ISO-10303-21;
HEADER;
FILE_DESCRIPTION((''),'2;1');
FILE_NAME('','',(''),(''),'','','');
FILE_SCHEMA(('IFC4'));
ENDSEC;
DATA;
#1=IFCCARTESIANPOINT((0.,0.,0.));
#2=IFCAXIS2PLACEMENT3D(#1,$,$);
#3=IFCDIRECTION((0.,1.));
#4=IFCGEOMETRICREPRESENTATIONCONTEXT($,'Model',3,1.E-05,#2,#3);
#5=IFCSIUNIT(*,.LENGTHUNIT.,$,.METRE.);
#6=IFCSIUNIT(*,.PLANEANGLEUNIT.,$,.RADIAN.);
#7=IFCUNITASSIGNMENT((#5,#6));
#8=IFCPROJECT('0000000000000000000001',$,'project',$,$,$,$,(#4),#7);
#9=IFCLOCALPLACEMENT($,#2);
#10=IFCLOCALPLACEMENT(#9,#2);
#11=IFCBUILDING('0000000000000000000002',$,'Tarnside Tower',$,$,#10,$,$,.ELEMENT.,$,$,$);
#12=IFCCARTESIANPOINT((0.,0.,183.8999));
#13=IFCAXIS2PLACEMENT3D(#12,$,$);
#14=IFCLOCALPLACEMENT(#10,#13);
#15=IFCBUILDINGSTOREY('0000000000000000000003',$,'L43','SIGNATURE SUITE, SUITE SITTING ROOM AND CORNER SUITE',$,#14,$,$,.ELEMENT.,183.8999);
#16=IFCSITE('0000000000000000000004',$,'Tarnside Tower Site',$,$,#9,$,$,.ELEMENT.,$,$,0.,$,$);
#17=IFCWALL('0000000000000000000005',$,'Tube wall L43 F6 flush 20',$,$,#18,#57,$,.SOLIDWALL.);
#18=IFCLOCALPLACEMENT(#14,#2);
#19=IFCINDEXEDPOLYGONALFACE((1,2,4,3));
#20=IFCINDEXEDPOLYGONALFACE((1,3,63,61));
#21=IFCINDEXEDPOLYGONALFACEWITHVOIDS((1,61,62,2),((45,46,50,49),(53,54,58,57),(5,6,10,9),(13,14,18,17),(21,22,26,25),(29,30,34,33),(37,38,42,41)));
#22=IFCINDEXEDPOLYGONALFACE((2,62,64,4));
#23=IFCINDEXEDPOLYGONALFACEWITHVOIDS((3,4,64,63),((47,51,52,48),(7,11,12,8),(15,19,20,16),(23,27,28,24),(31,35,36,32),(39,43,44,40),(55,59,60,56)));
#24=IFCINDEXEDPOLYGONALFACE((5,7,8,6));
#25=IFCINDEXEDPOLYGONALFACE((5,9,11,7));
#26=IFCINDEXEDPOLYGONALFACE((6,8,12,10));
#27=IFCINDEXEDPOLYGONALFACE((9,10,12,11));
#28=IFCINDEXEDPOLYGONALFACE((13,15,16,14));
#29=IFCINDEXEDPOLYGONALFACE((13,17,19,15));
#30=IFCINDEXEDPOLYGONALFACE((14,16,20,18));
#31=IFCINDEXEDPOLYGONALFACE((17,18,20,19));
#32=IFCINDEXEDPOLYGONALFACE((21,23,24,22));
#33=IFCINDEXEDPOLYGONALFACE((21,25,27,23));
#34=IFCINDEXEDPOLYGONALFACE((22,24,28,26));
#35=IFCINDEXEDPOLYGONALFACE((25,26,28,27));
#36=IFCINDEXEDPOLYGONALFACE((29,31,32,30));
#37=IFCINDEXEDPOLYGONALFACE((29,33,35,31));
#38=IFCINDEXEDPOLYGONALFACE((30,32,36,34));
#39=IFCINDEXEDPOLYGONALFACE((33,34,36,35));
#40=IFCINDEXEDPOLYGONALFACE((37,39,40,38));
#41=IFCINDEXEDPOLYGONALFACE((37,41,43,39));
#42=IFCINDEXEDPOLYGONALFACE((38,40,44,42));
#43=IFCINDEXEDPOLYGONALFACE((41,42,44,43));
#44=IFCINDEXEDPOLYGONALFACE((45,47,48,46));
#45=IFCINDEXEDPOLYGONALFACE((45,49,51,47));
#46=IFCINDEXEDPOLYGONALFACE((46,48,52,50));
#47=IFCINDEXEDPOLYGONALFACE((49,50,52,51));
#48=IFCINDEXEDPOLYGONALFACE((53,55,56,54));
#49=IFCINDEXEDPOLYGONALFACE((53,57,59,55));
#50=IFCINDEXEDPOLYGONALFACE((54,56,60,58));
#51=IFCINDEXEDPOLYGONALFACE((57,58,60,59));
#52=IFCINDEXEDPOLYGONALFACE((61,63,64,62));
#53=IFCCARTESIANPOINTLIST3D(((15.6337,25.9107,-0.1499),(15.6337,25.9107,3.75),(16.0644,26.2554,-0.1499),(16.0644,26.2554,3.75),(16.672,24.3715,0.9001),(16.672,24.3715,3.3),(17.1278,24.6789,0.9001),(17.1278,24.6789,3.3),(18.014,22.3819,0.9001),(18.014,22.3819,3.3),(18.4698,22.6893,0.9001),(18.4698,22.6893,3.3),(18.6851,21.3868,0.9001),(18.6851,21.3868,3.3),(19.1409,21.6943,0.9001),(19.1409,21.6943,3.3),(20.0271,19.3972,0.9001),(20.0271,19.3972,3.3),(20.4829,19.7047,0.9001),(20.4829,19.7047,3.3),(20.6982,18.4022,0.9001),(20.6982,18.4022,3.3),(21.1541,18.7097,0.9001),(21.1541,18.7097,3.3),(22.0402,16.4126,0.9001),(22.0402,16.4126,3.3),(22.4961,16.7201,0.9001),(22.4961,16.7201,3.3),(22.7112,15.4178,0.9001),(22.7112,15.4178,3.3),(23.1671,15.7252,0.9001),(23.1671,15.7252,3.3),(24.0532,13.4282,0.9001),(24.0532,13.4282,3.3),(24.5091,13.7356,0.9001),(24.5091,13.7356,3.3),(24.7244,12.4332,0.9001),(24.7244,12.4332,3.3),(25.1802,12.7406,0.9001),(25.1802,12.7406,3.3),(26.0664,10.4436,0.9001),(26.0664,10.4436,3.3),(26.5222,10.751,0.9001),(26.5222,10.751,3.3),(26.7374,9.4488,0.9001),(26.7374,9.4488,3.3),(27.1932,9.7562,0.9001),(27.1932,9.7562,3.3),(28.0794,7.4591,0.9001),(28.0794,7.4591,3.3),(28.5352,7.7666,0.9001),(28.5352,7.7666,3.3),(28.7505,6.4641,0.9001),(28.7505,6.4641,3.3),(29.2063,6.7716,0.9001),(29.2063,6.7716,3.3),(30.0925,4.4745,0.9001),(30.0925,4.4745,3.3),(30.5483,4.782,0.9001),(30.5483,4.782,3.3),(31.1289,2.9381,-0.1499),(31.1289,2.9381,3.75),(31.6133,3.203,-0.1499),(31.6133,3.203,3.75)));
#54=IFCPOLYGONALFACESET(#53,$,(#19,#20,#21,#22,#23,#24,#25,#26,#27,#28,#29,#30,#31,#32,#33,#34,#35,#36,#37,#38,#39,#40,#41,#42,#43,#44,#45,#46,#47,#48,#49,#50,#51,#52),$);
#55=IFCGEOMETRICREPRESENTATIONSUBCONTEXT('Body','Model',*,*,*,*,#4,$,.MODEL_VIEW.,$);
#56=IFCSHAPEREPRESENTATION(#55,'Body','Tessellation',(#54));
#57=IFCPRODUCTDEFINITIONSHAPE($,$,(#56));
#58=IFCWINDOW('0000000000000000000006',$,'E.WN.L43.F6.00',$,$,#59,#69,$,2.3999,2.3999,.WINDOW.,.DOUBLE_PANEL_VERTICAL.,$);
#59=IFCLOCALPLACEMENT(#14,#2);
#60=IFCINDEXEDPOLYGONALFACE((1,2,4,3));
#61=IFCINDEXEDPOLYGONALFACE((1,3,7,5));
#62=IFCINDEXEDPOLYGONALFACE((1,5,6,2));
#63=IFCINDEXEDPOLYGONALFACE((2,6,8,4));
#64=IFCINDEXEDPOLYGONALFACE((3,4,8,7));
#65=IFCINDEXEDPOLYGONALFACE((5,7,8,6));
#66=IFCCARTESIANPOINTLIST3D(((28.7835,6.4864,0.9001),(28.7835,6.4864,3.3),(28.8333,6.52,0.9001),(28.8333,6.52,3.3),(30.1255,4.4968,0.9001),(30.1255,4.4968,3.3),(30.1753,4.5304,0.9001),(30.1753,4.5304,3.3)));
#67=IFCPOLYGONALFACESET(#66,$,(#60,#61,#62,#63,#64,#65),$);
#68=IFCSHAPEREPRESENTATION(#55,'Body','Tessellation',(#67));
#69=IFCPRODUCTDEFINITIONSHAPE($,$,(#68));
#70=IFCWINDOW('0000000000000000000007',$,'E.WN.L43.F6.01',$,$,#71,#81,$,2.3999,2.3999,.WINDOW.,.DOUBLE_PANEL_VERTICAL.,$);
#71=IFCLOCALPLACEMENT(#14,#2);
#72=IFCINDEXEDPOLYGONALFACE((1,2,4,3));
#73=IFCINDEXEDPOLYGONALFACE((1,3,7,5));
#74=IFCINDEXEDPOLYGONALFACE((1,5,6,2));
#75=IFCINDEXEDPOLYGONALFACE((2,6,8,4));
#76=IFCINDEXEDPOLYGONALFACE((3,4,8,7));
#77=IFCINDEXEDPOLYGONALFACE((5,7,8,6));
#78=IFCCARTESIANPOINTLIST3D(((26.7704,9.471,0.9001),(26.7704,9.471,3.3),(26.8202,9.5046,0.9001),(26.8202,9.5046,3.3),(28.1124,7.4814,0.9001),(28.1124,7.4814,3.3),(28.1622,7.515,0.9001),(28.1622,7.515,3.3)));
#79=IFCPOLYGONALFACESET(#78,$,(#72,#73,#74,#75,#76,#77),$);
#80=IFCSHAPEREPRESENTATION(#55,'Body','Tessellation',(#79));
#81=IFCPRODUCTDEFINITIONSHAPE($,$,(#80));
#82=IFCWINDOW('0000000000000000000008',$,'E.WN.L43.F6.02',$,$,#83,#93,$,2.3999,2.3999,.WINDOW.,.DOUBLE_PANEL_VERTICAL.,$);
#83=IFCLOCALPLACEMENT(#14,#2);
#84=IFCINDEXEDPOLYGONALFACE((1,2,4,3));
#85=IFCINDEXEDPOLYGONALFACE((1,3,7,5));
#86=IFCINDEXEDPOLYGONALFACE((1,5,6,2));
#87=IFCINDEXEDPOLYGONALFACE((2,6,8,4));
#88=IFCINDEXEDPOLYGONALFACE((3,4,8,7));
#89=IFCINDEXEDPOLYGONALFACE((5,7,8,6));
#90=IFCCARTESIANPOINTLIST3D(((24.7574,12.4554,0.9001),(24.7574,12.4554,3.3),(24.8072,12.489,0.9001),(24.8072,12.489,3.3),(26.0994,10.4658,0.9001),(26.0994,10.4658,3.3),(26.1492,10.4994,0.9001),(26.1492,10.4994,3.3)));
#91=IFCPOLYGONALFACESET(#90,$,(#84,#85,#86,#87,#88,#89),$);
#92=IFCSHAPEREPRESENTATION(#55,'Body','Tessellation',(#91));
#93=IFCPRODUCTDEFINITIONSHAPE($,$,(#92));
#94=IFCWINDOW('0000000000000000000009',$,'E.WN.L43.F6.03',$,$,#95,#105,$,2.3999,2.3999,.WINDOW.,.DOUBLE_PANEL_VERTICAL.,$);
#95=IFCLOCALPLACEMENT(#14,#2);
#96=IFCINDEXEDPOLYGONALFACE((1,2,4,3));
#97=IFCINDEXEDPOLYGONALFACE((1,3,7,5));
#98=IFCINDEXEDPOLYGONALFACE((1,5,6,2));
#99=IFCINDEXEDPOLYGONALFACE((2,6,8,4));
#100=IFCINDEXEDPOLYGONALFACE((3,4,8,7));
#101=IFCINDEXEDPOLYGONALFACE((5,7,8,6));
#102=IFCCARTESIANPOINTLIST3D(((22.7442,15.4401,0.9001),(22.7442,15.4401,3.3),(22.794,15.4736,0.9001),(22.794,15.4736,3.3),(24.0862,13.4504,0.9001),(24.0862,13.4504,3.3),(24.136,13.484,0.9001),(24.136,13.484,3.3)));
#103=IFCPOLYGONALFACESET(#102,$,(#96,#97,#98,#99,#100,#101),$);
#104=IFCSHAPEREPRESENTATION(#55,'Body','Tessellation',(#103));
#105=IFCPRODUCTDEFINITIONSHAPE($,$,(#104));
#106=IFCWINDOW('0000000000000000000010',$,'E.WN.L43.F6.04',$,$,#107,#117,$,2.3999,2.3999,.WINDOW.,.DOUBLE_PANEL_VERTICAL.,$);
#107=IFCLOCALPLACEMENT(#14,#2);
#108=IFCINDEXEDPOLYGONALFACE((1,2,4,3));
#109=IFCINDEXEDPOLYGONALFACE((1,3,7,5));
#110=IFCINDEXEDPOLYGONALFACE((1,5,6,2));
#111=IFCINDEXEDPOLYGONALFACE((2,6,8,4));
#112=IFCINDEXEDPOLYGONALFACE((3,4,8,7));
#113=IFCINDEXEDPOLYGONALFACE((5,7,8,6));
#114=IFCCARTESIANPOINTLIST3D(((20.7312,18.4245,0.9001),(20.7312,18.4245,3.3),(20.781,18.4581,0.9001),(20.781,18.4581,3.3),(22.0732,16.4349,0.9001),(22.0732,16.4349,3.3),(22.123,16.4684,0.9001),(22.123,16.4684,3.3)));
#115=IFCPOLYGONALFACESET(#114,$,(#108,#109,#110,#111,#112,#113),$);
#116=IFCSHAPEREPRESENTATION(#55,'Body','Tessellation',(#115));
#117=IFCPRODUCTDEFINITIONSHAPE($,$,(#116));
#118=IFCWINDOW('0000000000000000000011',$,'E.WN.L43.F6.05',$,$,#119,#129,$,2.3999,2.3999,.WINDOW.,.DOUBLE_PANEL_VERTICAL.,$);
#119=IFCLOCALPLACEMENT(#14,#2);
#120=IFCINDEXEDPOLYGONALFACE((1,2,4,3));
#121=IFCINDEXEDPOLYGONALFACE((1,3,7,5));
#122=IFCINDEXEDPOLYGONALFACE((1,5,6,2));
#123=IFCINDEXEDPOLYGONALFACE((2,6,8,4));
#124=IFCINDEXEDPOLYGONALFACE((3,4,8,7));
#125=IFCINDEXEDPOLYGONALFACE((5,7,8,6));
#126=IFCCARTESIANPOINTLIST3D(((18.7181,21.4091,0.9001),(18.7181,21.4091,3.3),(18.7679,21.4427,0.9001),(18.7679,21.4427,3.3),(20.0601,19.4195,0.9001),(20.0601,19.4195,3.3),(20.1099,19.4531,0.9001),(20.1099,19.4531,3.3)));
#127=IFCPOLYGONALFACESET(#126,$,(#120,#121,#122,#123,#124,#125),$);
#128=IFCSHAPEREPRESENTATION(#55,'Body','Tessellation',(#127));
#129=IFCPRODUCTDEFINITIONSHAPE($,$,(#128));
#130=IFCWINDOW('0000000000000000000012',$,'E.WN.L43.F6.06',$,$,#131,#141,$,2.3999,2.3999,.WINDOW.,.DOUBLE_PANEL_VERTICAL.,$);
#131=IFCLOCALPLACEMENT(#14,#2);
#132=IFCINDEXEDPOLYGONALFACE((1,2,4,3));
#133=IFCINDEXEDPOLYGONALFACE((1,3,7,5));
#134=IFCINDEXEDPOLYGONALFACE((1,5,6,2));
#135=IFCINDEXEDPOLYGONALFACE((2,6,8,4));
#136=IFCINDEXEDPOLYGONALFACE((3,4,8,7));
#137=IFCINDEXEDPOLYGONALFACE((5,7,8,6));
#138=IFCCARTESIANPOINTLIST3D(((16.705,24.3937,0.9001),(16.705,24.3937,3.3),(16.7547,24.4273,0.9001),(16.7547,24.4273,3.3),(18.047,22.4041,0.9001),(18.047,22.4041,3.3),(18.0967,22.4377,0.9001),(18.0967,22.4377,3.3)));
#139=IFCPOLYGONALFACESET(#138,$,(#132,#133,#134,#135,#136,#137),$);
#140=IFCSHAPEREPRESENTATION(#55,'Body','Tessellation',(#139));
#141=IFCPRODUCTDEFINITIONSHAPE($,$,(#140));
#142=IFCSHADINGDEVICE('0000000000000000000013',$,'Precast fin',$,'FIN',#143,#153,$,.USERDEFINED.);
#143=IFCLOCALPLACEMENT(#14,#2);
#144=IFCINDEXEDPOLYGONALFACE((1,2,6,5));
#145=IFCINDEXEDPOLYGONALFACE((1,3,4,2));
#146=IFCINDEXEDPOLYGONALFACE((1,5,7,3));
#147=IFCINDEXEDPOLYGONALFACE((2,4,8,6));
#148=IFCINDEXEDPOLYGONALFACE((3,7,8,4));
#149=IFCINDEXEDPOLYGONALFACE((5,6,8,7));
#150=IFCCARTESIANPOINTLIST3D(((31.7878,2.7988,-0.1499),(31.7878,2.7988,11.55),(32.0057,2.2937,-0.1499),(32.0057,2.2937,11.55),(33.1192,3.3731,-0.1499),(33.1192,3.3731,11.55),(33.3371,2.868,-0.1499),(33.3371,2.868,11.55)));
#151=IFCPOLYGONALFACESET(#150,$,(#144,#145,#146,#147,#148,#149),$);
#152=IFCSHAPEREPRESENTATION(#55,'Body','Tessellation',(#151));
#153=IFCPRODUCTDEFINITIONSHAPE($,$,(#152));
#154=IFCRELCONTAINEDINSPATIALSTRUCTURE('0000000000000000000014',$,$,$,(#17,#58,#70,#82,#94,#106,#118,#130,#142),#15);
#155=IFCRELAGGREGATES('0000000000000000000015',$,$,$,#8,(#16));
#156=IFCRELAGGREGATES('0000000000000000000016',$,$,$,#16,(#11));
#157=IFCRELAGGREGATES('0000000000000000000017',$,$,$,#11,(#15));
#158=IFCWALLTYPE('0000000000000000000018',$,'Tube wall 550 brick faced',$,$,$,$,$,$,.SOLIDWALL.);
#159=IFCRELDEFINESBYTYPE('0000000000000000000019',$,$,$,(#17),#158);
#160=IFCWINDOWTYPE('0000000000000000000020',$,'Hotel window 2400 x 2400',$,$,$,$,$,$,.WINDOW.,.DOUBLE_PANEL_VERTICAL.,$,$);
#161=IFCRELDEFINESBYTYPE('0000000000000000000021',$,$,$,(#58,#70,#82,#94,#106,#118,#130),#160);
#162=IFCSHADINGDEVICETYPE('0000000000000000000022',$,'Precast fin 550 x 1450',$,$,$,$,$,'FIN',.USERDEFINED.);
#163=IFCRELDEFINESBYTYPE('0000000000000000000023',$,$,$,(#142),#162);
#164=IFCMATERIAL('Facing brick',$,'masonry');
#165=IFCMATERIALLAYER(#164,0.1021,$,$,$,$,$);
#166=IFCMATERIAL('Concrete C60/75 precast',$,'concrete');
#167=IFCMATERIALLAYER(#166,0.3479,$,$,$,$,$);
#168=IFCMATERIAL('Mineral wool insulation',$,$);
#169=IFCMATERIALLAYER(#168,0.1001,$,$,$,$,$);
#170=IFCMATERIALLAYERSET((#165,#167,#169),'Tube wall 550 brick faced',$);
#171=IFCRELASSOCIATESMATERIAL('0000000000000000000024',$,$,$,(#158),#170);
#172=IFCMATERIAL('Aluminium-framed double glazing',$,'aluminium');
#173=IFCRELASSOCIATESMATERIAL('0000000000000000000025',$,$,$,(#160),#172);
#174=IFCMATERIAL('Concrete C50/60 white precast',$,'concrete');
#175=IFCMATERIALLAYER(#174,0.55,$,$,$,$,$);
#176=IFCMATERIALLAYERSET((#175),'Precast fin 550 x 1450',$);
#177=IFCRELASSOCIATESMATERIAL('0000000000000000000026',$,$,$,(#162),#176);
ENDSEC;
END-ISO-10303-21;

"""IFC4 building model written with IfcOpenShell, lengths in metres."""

from ifc_helpers import new_model, si_unit, direction, frame, frame_2d, origin, place, context, subcontext, project, spatial, polyline, rectangle, outline, extrude, material, layer, layer_set, type_object, element, fill, save


model = new_model("IFC4")

# Units and contexts
model_context = context("Model", 3, precision=1e-05, world=origin(), true_north=direction((0.0, 1.0)))
body_context = subcontext(model_context, "Body", "Model", "MODEL_VIEW")
ifc_project = project(units=[si_unit("LENGTHUNIT", "METRE"), si_unit("PLANEANGLEUNIT", "RADIAN")], contexts=[model_context])

# Site, building, storey
site_placement = place(None, origin())
site = spatial("IfcSite", under=ifc_project, at=site_placement, Name="Tarnside Tower Site", CompositionType="ELEMENT", RefElevation=0.0)
building_placement = place(site_placement, origin())
building = spatial("IfcBuilding", under=site, at=building_placement, Name="Tarnside Tower", CompositionType="ELEMENT")
storey_placement = place(building_placement, frame((0.0, 0.0, 183.8999)))
storey = spatial("IfcBuildingStorey", under=building, at=storey_placement, Name="L43", Description="SIGNATURE SUITE, SUITE SITTING ROOM AND CORNER SUITE", CompositionType="ELEMENT", Elevation=183.8999)

# Shared definitions
ifc_material_1 = material(Name="Facing brick", Category="masonry")
ifc_layer_1 = layer(ifc_material_1, 0.1021)
ifc_material_2 = material(Name="Concrete C60/75 precast", Category="concrete")
ifc_layer_2 = layer(ifc_material_2, 0.3479)
ifc_material_3 = material(Name="Mineral wool insulation")
ifc_layer_3 = layer(ifc_material_3, 0.1001)
ifc_layer_set_1 = layer_set([ifc_layer_1, ifc_layer_2, ifc_layer_3], Name="Tube wall 550 brick faced")
wall_type = type_object("IfcWallType", Name="Tube wall 550 brick faced", PredefinedType="SOLIDWALL", material=ifc_layer_set_1)

# Wall, openings, windows
wall_1_placement = place(storey_placement, frame((31.3711, 3.0706, -0.1499), z_axis=(0.0, 0.0, 1.0), x_axis=(-0.55919, 0.82904, 0.0)))
wall_1 = element("IfcWall", 1, at=wall_1_placement, inside=storey, type_object=wall_type, Name="Tube wall L43 F6 flush 20", PredefinedType="SOLIDWALL", context=body_context, shape_type="SweptSolid", body=[
    extrude(outline(polyline([(-0.0256, -0.2749), (27.7805, -0.2749), (27.7356, 0.2749), (0.0256, 0.2749), (-0.0256, -0.2749)])), origin(), (0.0, 0.0, 1.0), 3.8999),
])
opening_1_placement = place(wall_1_placement, frame((1.8789, 0.0, 1.05)))
opening_1 = element("IfcOpeningElement", 2, at=opening_1_placement, cuts=wall_1, PredefinedType="OPENING", context=body_context, shape_type="SweptSolid", body=[
    extrude(rectangle(XDim=2.3999, YDim=2.3999, at=frame_2d((1.2, 1.2))), frame((0.0, 0.2852, 0.0), z_axis=(0.0, -1.0, 0.0), x_axis=(1.0, 0.0, 0.0)), (0.0, 0.0, 1.0), 0.5701),
])
opening_2_placement = place(wall_1_placement, frame((5.479, 0.0, 1.05)))
opening_2 = element("IfcOpeningElement", 3, at=opening_2_placement, cuts=wall_1, PredefinedType="OPENING", context=body_context, shape_type="SweptSolid", body=[
    extrude(rectangle(XDim=2.3999, YDim=2.3999, at=frame_2d((1.2, 1.2))), frame((0.0, 0.2852, 0.0), z_axis=(0.0, -1.0, 0.0), x_axis=(1.0, 0.0, 0.0)), (0.0, 0.0, 1.0), 0.5701),
])
opening_3_placement = place(wall_1_placement, frame((9.0789, 0.0, 1.05)))
opening_3 = element("IfcOpeningElement", 4, at=opening_3_placement, cuts=wall_1, PredefinedType="OPENING", context=body_context, shape_type="SweptSolid", body=[
    extrude(rectangle(XDim=2.3999, YDim=2.3999, at=frame_2d((1.2, 1.2))), frame((0.0, 0.2852, 0.0), z_axis=(0.0, -1.0, 0.0), x_axis=(1.0, 0.0, 0.0)), (0.0, 0.0, 1.0), 0.5701),
])
opening_4_placement = place(wall_1_placement, frame((12.679, 0.0, 1.05)))
opening_4 = element("IfcOpeningElement", 5, at=opening_4_placement, cuts=wall_1, PredefinedType="OPENING", context=body_context, shape_type="SweptSolid", body=[
    extrude(rectangle(XDim=2.3999, YDim=2.3999, at=frame_2d((1.2, 1.2))), frame((0.0, 0.2852, 0.0), z_axis=(0.0, -1.0, 0.0), x_axis=(1.0, 0.0, 0.0)), (0.0, 0.0, 1.0), 0.5701),
])
opening_5_placement = place(wall_1_placement, frame((16.2788, 0.0, 1.05)))
opening_5 = element("IfcOpeningElement", 6, at=opening_5_placement, cuts=wall_1, PredefinedType="OPENING", context=body_context, shape_type="SweptSolid", body=[
    extrude(rectangle(XDim=2.3999, YDim=2.3999, at=frame_2d((1.2, 1.2))), frame((0.0, 0.2852, 0.0), z_axis=(0.0, -1.0, 0.0), x_axis=(1.0, 0.0, 0.0)), (0.0, 0.0, 1.0), 0.5701),
])
opening_6_placement = place(wall_1_placement, frame((19.8789, 0.0, 1.05)))
opening_6 = element("IfcOpeningElement", 7, at=opening_6_placement, cuts=wall_1, PredefinedType="OPENING", context=body_context, shape_type="SweptSolid", body=[
    extrude(rectangle(XDim=2.3999, YDim=2.3999, at=frame_2d((1.2, 1.2))), frame((0.0, 0.2852, 0.0), z_axis=(0.0, -1.0, 0.0), x_axis=(1.0, 0.0, 0.0)), (0.0, 0.0, 1.0), 0.5701),
])
opening_7_placement = place(wall_1_placement, frame((23.479, 0.0, 1.05)))
opening_7 = element("IfcOpeningElement", 8, at=opening_7_placement, cuts=wall_1, PredefinedType="OPENING", context=body_context, shape_type="SweptSolid", body=[
    extrude(rectangle(XDim=2.3999, YDim=2.3999, at=frame_2d((1.2, 1.2))), frame((0.0, 0.2852, 0.0), z_axis=(0.0, -1.0, 0.0), x_axis=(1.0, 0.0, 0.0)), (0.0, 0.0, 1.0), 0.5701),
])
ifc_material_4 = material(Name="Aluminium-framed double glazing", Category="aluminium")
window_type = type_object("IfcWindowType", Name="Hotel window 2400 x 2400", PartitioningType="DOUBLE_PANEL_VERTICAL", PredefinedType="WINDOW", material=ifc_material_4)
window_1_placement = place(opening_1_placement, frame((0.0, 0.2051, 0.0)))
window_1 = element("IfcWindow", 9, at=window_1_placement, inside=storey, type_object=window_type, Name="E.WN.L43.F6.00", OverallHeight=2.3999, OverallWidth=2.3999, PartitioningType="DOUBLE_PANEL_VERTICAL", PredefinedType="WINDOW", context=body_context, shape_type="SweptSolid", body=[
    extrude(rectangle(XDim=2.3999, YDim=2.3999, at=frame_2d((1.2, 1.2))), frame((0.0, 0.03, 0.0), z_axis=(0.0, -1.0, 0.0), x_axis=(1.0, 0.0, 0.0)), (0.0, 0.0, 1.0), 0.0601),
])
fill(opening_1, window_1)
window_2_placement = place(opening_2_placement, frame((0.0, 0.2051, 0.0)))
window_2 = element("IfcWindow", 10, at=window_2_placement, inside=storey, type_object=window_type, Name="E.WN.L43.F6.01", OverallHeight=2.3999, OverallWidth=2.3999, PartitioningType="DOUBLE_PANEL_VERTICAL", PredefinedType="WINDOW", context=body_context, shape_type="SweptSolid", body=[
    extrude(rectangle(XDim=2.3999, YDim=2.3999, at=frame_2d((1.2, 1.2))), frame((0.0, 0.03, 0.0), z_axis=(0.0, -1.0, 0.0), x_axis=(1.0, 0.0, 0.0)), (0.0, 0.0, 1.0), 0.0601),
])
fill(opening_2, window_2)
window_3_placement = place(opening_3_placement, frame((0.0, 0.2051, 0.0)))
window_3 = element("IfcWindow", 11, at=window_3_placement, inside=storey, type_object=window_type, Name="E.WN.L43.F6.02", OverallHeight=2.3999, OverallWidth=2.3999, PartitioningType="DOUBLE_PANEL_VERTICAL", PredefinedType="WINDOW", context=body_context, shape_type="SweptSolid", body=[
    extrude(rectangle(XDim=2.3999, YDim=2.3999, at=frame_2d((1.2, 1.2))), frame((0.0, 0.03, 0.0), z_axis=(0.0, -1.0, 0.0), x_axis=(1.0, 0.0, 0.0)), (0.0, 0.0, 1.0), 0.0601),
])
fill(opening_3, window_3)
window_4_placement = place(opening_4_placement, frame((0.0, 0.2051, 0.0)))
window_4 = element("IfcWindow", 12, at=window_4_placement, inside=storey, type_object=window_type, Name="E.WN.L43.F6.03", OverallHeight=2.3999, OverallWidth=2.3999, PartitioningType="DOUBLE_PANEL_VERTICAL", PredefinedType="WINDOW", context=body_context, shape_type="SweptSolid", body=[
    extrude(rectangle(XDim=2.3999, YDim=2.3999, at=frame_2d((1.2, 1.2))), frame((0.0, 0.03, 0.0), z_axis=(0.0, -1.0, 0.0), x_axis=(1.0, 0.0, 0.0)), (0.0, 0.0, 1.0), 0.0601),
])
fill(opening_4, window_4)
window_5_placement = place(opening_5_placement, frame((0.0, 0.2051, 0.0)))
window_5 = element("IfcWindow", 13, at=window_5_placement, inside=storey, type_object=window_type, Name="E.WN.L43.F6.04", OverallHeight=2.3999, OverallWidth=2.3999, PartitioningType="DOUBLE_PANEL_VERTICAL", PredefinedType="WINDOW", context=body_context, shape_type="SweptSolid", body=[
    extrude(rectangle(XDim=2.3999, YDim=2.3999, at=frame_2d((1.2, 1.2))), frame((0.0, 0.03, 0.0), z_axis=(0.0, -1.0, 0.0), x_axis=(1.0, 0.0, 0.0)), (0.0, 0.0, 1.0), 0.0601),
])
fill(opening_5, window_5)
window_6_placement = place(opening_6_placement, frame((0.0, 0.2051, 0.0)))
window_6 = element("IfcWindow", 14, at=window_6_placement, inside=storey, type_object=window_type, Name="E.WN.L43.F6.05", OverallHeight=2.3999, OverallWidth=2.3999, PartitioningType="DOUBLE_PANEL_VERTICAL", PredefinedType="WINDOW", context=body_context, shape_type="SweptSolid", body=[
    extrude(rectangle(XDim=2.3999, YDim=2.3999, at=frame_2d((1.2, 1.2))), frame((0.0, 0.03, 0.0), z_axis=(0.0, -1.0, 0.0), x_axis=(1.0, 0.0, 0.0)), (0.0, 0.0, 1.0), 0.0601),
])
fill(opening_6, window_6)
window_7_placement = place(opening_7_placement, frame((0.0, 0.2051, 0.0)))
window_7 = element("IfcWindow", 15, at=window_7_placement, inside=storey, type_object=window_type, Name="E.WN.L43.F6.06", OverallHeight=2.3999, OverallWidth=2.3999, PartitioningType="DOUBLE_PANEL_VERTICAL", PredefinedType="WINDOW", context=body_context, shape_type="SweptSolid", body=[
    extrude(rectangle(XDim=2.3999, YDim=2.3999, at=frame_2d((1.2, 1.2))), frame((0.0, 0.03, 0.0), z_axis=(0.0, -1.0, 0.0), x_axis=(1.0, 0.0, 0.0)), (0.0, 0.0, 1.0), 0.0601),
])
fill(opening_7, window_7)

# Shading device
ifc_material_5 = material(Name="Concrete C50/60 white precast", Category="concrete")
ifc_layer_4 = layer(ifc_material_5, 0.55)
ifc_layer_set_2 = layer_set([ifc_layer_4], Name="Precast fin 550 x 1450")
shading_device_type_1 = type_object("IfcShadingDeviceType", Name="Precast fin 550 x 1450", ElementType="FIN", PredefinedType="USERDEFINED", material=ifc_layer_set_2)
shading_device_placement = place(storey_placement, frame((31.8967, 2.5464, -0.1499), z_axis=(0.39608, -0.918216, 0.0), x_axis=(0.918216, 0.39608, 0.0)))
element("IfcShadingDevice", 16, at=shading_device_placement, inside=storey, type_object=shading_device_type_1, Name="Precast fin", ObjectType="FIN", PredefinedType="USERDEFINED", context=body_context, shape_type="SweptSolid", body=[
    extrude(outline(polyline([(0.0, 0.0), (1.45, 0.0), (1.45, 11.7), (0.0, 11.7), (0.0, 0.0)])), frame((0.0, 0.0, -0.2749)), (0.0, 0.0, 1.0), 0.55),
])

save(model, "model.ifc")
